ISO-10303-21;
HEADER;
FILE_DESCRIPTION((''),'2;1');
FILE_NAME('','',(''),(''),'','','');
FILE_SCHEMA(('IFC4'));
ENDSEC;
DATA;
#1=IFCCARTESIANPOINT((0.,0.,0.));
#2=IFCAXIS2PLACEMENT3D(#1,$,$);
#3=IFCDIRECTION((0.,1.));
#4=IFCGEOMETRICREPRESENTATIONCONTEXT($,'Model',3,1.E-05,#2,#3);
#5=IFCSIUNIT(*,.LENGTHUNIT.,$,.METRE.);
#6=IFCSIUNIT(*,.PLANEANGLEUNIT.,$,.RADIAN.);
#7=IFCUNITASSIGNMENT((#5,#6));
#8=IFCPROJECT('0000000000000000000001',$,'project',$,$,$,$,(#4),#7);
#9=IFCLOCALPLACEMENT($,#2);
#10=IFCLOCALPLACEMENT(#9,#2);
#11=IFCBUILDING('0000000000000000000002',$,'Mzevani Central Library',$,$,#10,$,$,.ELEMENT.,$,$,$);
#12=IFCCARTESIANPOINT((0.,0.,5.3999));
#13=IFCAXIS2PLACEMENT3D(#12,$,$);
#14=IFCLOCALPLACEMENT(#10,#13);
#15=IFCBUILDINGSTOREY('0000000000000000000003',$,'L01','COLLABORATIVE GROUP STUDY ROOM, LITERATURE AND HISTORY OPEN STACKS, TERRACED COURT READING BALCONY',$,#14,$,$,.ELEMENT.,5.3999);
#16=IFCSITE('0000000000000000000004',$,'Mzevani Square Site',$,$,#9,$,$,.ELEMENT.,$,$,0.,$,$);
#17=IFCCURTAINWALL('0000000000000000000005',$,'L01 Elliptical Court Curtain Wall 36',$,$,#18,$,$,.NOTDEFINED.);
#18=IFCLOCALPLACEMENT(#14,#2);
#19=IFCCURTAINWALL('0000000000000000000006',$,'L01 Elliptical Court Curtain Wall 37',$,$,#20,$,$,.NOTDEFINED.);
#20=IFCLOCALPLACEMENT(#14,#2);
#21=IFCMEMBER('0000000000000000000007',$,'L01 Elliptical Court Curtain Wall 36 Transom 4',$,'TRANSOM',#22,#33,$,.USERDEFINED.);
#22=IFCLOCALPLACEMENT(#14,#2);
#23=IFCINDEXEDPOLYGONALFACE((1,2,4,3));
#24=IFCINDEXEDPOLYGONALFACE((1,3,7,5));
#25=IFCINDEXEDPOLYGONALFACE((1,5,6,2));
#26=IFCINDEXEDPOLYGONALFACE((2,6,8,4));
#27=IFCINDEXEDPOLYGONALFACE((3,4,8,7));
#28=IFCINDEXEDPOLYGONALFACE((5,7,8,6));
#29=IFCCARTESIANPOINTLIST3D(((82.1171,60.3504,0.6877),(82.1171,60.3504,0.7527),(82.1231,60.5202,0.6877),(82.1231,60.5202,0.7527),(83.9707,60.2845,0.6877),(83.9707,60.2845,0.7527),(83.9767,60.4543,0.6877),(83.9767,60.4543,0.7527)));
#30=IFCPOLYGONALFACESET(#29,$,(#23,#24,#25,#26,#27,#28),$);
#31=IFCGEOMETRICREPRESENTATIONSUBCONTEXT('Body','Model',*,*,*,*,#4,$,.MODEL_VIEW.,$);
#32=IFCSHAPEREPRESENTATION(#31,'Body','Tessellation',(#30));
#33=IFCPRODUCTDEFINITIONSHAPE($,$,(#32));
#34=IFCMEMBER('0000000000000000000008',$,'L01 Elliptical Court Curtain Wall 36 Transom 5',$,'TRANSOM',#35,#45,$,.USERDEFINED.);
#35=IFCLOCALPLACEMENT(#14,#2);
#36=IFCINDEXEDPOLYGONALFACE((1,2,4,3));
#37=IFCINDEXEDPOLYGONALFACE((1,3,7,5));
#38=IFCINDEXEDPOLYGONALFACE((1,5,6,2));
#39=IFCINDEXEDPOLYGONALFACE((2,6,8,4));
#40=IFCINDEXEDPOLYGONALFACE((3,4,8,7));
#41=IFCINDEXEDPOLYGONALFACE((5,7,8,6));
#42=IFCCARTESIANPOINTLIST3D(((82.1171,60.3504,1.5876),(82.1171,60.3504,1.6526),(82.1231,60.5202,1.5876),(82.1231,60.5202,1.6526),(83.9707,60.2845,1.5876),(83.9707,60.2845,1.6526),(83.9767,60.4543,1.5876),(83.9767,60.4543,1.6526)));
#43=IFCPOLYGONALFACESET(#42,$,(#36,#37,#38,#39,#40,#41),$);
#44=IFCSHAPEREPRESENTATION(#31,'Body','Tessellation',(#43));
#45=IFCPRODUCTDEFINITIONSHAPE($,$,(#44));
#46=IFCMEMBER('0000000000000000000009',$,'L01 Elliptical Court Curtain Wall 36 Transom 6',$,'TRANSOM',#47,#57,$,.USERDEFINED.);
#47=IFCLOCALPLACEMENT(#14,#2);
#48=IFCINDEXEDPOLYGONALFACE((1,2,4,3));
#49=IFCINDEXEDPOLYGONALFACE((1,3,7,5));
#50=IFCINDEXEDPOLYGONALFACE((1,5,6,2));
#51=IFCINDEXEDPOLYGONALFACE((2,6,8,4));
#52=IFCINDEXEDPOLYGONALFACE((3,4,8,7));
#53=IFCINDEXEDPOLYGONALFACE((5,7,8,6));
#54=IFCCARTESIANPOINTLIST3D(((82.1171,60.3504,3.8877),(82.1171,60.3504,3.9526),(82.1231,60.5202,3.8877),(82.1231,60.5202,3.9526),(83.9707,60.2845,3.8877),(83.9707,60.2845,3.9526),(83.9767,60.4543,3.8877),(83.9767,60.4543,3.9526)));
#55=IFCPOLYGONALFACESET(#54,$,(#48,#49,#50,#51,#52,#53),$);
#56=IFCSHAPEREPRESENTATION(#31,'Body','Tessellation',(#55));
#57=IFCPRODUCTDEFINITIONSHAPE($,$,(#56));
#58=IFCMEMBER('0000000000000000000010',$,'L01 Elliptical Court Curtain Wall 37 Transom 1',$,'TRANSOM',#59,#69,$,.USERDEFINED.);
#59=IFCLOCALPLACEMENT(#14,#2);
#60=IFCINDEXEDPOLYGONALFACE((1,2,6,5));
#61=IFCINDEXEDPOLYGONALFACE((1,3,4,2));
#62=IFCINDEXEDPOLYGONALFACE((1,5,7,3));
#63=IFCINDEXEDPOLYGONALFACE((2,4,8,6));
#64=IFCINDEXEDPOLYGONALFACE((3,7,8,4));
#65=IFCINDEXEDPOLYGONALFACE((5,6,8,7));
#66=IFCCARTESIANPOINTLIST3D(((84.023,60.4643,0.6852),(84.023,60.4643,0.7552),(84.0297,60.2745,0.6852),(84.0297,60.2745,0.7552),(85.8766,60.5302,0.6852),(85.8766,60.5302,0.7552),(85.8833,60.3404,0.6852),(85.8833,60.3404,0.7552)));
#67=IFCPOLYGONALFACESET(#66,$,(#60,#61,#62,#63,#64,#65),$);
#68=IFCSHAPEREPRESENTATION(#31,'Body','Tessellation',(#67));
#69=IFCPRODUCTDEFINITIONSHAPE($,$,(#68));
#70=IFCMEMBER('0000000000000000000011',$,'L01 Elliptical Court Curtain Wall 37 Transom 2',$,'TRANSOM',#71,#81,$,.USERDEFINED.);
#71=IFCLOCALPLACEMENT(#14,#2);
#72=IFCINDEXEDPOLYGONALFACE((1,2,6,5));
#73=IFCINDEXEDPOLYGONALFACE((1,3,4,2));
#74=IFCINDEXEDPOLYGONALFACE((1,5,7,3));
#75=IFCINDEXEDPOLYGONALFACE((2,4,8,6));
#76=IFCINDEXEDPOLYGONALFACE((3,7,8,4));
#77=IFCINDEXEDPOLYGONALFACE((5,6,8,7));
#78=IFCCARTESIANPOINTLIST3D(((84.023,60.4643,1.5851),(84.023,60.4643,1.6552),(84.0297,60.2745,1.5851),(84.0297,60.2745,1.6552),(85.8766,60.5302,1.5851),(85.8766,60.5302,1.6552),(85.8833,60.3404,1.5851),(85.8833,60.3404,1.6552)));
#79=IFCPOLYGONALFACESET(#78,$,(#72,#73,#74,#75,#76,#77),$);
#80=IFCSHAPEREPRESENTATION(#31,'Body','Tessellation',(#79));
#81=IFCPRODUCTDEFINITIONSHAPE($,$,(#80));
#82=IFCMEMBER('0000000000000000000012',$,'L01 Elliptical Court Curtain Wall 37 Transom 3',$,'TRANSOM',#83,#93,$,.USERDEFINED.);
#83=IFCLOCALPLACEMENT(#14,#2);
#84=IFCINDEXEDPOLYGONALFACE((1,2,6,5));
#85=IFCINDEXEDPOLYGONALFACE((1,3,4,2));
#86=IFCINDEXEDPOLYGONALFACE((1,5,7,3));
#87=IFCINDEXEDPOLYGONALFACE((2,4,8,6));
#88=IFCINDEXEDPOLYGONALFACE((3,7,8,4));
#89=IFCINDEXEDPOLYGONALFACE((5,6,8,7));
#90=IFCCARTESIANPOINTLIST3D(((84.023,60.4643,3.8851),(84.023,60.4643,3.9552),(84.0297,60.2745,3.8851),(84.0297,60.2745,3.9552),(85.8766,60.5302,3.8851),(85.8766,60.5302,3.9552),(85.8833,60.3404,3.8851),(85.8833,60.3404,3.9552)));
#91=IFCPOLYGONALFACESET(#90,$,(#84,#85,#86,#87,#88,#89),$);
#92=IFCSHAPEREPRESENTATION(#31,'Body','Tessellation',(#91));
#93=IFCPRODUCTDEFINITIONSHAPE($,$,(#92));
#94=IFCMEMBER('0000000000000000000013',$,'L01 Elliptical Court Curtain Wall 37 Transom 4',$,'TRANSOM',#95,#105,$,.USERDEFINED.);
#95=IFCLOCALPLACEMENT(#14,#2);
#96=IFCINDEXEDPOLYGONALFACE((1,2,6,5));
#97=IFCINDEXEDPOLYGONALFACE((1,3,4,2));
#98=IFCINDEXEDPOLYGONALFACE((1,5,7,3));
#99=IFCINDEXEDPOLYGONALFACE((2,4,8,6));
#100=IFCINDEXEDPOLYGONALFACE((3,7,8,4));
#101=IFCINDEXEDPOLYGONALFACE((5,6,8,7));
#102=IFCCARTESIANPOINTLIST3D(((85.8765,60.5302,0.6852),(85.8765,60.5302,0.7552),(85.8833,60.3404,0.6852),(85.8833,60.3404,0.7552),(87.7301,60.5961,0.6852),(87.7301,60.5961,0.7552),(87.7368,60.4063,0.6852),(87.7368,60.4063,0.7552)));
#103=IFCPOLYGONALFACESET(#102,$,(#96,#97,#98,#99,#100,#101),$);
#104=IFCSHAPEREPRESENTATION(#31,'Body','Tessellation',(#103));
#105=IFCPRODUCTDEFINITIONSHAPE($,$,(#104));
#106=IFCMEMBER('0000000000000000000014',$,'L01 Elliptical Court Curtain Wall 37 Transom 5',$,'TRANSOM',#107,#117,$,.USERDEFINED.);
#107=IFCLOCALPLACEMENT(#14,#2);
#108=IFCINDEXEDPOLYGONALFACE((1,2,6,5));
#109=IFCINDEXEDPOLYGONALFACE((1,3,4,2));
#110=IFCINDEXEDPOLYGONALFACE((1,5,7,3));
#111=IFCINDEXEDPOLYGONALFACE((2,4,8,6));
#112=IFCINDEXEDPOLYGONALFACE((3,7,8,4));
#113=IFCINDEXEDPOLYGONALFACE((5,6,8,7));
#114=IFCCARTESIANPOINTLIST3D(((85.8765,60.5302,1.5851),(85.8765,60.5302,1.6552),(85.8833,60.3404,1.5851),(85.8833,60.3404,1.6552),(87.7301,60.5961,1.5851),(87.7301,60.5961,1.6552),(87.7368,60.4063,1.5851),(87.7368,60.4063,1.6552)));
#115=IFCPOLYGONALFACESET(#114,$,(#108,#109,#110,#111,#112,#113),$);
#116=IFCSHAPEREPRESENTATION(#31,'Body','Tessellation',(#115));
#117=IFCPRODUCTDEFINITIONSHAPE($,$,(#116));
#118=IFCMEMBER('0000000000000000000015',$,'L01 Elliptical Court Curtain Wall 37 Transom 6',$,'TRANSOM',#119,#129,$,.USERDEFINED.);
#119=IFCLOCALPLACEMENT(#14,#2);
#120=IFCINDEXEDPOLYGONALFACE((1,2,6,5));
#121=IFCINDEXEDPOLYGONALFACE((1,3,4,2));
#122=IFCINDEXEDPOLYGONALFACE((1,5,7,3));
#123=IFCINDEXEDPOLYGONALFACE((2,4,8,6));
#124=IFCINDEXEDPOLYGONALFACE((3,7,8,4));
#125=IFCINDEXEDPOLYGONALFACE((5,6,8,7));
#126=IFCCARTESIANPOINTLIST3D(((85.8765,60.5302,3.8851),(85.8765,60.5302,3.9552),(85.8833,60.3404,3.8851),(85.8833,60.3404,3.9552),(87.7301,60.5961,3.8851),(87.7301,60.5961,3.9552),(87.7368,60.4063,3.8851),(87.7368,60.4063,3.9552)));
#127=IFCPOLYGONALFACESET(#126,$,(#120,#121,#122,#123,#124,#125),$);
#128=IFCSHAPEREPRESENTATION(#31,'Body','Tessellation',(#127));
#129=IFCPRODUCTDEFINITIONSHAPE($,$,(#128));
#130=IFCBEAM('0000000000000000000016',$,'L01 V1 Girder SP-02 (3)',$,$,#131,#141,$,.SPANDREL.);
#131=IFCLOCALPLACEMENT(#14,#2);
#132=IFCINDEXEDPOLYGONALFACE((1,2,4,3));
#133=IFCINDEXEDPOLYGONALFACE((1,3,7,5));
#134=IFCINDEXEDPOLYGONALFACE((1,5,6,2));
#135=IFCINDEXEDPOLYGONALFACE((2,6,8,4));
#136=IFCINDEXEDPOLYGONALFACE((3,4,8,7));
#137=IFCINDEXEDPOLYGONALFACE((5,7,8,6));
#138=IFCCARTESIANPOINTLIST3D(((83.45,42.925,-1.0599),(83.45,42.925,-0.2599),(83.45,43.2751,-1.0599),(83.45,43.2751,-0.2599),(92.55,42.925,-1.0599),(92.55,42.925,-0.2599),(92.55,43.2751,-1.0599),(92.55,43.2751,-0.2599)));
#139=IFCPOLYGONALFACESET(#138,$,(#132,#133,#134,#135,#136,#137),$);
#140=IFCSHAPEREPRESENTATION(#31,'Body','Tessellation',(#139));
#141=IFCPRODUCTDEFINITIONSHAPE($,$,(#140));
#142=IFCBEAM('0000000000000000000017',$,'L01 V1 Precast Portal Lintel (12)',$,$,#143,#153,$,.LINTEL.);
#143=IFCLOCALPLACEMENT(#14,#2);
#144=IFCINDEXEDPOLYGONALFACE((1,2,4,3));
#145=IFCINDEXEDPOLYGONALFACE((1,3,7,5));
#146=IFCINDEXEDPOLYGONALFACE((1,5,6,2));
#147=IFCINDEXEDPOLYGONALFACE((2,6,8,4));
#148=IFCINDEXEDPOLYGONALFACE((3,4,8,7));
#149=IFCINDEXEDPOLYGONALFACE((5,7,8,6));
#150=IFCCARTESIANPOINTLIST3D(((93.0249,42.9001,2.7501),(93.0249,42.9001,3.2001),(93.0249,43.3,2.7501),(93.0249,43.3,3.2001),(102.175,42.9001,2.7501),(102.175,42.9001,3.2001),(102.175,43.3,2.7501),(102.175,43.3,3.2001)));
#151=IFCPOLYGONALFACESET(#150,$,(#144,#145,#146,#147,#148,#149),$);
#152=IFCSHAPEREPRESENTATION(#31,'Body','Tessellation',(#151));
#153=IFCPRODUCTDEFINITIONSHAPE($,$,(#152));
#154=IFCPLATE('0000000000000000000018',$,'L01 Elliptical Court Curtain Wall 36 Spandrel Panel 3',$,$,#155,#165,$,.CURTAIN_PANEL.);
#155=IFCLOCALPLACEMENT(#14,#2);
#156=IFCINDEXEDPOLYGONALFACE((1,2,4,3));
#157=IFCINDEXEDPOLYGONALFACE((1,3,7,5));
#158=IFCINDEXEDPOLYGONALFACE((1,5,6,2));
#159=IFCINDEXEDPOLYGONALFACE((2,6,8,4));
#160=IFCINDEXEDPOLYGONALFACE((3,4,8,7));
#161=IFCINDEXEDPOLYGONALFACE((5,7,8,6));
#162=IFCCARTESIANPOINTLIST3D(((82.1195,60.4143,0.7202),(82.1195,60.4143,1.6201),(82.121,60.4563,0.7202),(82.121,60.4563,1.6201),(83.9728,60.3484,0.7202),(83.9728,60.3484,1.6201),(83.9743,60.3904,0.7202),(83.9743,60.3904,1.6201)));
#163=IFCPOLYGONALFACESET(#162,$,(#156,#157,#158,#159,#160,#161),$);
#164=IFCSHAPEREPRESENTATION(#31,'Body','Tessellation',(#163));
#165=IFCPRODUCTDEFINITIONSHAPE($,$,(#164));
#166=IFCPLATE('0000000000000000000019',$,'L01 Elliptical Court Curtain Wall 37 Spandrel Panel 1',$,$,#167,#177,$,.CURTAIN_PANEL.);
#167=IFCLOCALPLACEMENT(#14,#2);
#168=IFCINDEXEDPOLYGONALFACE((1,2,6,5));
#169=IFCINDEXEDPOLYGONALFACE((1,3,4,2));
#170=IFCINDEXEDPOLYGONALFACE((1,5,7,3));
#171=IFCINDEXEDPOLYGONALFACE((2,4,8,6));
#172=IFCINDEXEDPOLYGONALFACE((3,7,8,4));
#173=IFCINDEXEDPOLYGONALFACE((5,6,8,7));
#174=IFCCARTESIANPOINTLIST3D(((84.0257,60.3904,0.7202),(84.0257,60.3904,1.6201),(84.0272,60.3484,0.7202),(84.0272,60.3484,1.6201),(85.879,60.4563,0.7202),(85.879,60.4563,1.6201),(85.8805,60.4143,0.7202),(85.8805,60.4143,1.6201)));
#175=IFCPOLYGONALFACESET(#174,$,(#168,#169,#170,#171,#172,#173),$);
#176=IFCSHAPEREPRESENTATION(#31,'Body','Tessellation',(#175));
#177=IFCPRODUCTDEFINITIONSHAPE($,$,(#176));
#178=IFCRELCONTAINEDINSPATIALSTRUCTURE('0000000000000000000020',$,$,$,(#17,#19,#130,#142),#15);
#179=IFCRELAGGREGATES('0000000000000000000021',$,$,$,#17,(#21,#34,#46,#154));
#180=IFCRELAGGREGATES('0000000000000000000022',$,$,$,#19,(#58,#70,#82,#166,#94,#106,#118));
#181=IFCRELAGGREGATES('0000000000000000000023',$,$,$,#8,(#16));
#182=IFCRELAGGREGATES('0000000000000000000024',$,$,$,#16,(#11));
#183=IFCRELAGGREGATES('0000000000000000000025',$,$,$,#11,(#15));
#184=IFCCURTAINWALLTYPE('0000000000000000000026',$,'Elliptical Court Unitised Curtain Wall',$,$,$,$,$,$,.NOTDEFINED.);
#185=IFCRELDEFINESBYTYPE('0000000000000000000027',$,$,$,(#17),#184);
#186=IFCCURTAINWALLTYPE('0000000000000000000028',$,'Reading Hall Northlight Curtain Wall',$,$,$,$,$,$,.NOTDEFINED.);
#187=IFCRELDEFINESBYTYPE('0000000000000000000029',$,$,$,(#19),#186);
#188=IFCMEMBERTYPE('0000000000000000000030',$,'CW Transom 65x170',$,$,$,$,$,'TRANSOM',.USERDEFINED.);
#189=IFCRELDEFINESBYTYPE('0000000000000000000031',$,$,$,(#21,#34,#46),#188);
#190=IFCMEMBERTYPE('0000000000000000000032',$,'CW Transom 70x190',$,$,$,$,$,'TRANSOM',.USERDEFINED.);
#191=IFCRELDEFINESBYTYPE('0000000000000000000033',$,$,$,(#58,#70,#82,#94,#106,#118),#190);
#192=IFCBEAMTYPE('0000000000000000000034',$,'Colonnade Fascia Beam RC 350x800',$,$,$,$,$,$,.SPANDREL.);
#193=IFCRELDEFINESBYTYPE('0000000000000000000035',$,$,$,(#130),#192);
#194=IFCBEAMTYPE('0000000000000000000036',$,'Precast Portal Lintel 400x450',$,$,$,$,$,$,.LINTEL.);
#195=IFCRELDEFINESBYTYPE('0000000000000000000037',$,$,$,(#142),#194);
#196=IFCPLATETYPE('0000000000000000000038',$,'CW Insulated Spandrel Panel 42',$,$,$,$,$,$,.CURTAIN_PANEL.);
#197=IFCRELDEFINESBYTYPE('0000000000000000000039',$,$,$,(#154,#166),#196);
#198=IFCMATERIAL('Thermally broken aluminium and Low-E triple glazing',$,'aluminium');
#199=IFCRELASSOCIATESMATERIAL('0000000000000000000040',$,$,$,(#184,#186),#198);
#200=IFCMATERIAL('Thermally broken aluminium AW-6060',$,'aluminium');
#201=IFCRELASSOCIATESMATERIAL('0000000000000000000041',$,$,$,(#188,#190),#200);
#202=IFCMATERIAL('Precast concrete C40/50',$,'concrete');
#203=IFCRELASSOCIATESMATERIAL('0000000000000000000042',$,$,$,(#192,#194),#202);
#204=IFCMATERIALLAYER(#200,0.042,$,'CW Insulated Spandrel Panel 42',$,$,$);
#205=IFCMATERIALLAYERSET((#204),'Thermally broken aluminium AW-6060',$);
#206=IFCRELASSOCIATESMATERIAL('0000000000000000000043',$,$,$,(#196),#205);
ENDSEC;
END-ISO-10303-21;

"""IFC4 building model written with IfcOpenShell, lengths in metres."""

from ifc_helpers import new_model, si_unit, direction, frame, origin, origin_2d, place, context, subcontext, project, spatial, rectangle, extrude, material, layer, layer_set, material_profile, profile_set, type_object, element, aggregate, save


model = new_model("IFC4")

# Units and contexts
model_context = context("Model", 3, precision=1e-05, world=origin(), true_north=direction((0.0, 1.0)))
body_context = subcontext(model_context, "Body", "Model", "MODEL_VIEW")
ifc_project = project(units=[si_unit("LENGTHUNIT", "METRE"), si_unit("PLANEANGLEUNIT", "RADIAN")], contexts=[model_context])

# Site, building, storey
site_placement = place(None, origin())
site = spatial("IfcSite", under=ifc_project, at=site_placement, Name="Mzevani Square Site", CompositionType="ELEMENT", RefElevation=0.0)
building_placement = place(site_placement, origin())
building = spatial("IfcBuilding", under=site, at=building_placement, Name="Mzevani Central Library", CompositionType="ELEMENT")
storey_placement = place(building_placement, frame((0.0, 0.0, 5.3999)))
storey = spatial("IfcBuildingStorey", under=building, at=storey_placement, Name="L01", Description="COLLABORATIVE GROUP STUDY ROOM, LITERATURE AND HISTORY OPEN STACKS, TERRACED COURT READING BALCONY", CompositionType="ELEMENT", Elevation=5.3999)

# Curtain walls
ifc_material_1 = material(Name="Thermally broken aluminium and Low-E triple glazing", Category="aluminium")
curtain_wall_type_1 = type_object("IfcCurtainWallType", Name="Elliptical Court Unitised Curtain Wall", PredefinedType="NOTDEFINED", material=ifc_material_1)
curtain_wall_1_placement = place(storey_placement, origin())
curtain_wall_1 = element("IfcCurtainWall", 1, at=curtain_wall_1_placement, inside=storey, type_object=curtain_wall_type_1, Name="L01 Elliptical Court Curtain Wall 36", PredefinedType="NOTDEFINED")
ifc_material_2 = material(Name="Thermally broken aluminium AW-6060", Category="aluminium")
curtain_wall_type_2 = type_object("IfcCurtainWallType", Name="Reading Hall Northlight Curtain Wall", PredefinedType="NOTDEFINED", material=ifc_material_1)
curtain_wall_2_placement = place(storey_placement, origin())
curtain_wall_2 = element("IfcCurtainWall", 2, at=curtain_wall_2_placement, inside=storey, type_object=curtain_wall_type_2, Name="L01 Elliptical Court Curtain Wall 37", PredefinedType="NOTDEFINED")

# Members
ifc_material_profile_1 = material_profile(ifc_material_2, rectangle(XDim=0.1699, YDim=0.0649, at=origin_2d()), Name="ALU T65x170")
ifc_profile_set_1 = profile_set([ifc_material_profile_1], Name="Thermally broken aluminium AW-6060")
member_type_1 = type_object("IfcMemberType", Name="CW Transom 65x170", ElementType="TRANSOM", PredefinedType="USERDEFINED", material=ifc_profile_set_1)
member_1_placement = place(storey_placement, frame((82.1201, 60.4353, 0.7202), z_axis=(0.999368, -0.035541, 0.0), x_axis=(0.035541, 0.999368, 0.0)))
member_1 = element("IfcMember", 3, at=member_1_placement, type_object=member_type_1, Name="L01 Elliptical Court Curtain Wall 36 Transom 4", ObjectType="TRANSOM", PredefinedType="USERDEFINED", context=body_context, shape_type="SweptSolid", body=[
    extrude(rectangle(XDim=0.1699, YDim=0.0649, at=origin_2d()), origin(), (0.0, 0.0, 1.0), 1.8547),
])
member_2_placement = place(storey_placement, frame((82.1201, 60.4353, 1.6201), z_axis=(0.999368, -0.035541, 0.0), x_axis=(0.035541, 0.999368, 0.0)))
member_2 = element("IfcMember", 4, at=member_2_placement, type_object=member_type_1, Name="L01 Elliptical Court Curtain Wall 36 Transom 5", ObjectType="TRANSOM", PredefinedType="USERDEFINED", context=body_context, shape_type="SweptSolid", body=[
    extrude(rectangle(XDim=0.1699, YDim=0.0649, at=origin_2d()), origin(), (0.0, 0.0, 1.0), 1.8547),
])
member_3_placement = place(storey_placement, frame((82.1201, 60.4353, 3.9202), z_axis=(0.999368, -0.035541, 0.0), x_axis=(0.035541, 0.999368, 0.0)))
member_3 = element("IfcMember", 5, at=member_3_placement, type_object=member_type_1, Name="L01 Elliptical Court Curtain Wall 36 Transom 6", ObjectType="TRANSOM", PredefinedType="USERDEFINED", context=body_context, shape_type="SweptSolid", body=[
    extrude(rectangle(XDim=0.1699, YDim=0.0649, at=origin_2d()), origin(), (0.0, 0.0, 1.0), 1.8547),
])
ifc_material_profile_2 = material_profile(ifc_material_2, rectangle(XDim=0.1899, YDim=0.0701, at=origin_2d()), Name="ALU T70x190")
ifc_profile_set_2 = profile_set([ifc_material_profile_2], Name="Thermally broken aluminium AW-6060")
member_type_2 = type_object("IfcMemberType", Name="CW Transom 70x190", ElementType="TRANSOM", PredefinedType="USERDEFINED", material=ifc_profile_set_2)
member_4_placement = place(storey_placement, frame((84.0264, 60.3694, 0.7202), z_axis=(0.999368, 0.035541, 0.0), x_axis=(-0.035541, 0.999368, 0.0)))
member_4 = element("IfcMember", 6, at=member_4_placement, type_object=member_type_2, Name="L01 Elliptical Court Curtain Wall 37 Transom 1", ObjectType="TRANSOM", PredefinedType="USERDEFINED", context=body_context, shape_type="SweptSolid", body=[
    extrude(rectangle(XDim=0.1899, YDim=0.0701, at=origin_2d()), origin(), (0.0, 0.0, 1.0), 1.8547),
])
member_5_placement = place(storey_placement, frame((84.0264, 60.3694, 1.6201), z_axis=(0.999368, 0.035541, 0.0), x_axis=(-0.035541, 0.999368, 0.0)))
member_5 = element("IfcMember", 7, at=member_5_placement, type_object=member_type_2, Name="L01 Elliptical Court Curtain Wall 37 Transom 2", ObjectType="TRANSOM", PredefinedType="USERDEFINED", context=body_context, shape_type="SweptSolid", body=[
    extrude(rectangle(XDim=0.1899, YDim=0.0701, at=origin_2d()), origin(), (0.0, 0.0, 1.0), 1.8547),
])
member_6_placement = place(storey_placement, frame((84.0264, 60.3694, 3.9202), z_axis=(0.999368, 0.035541, 0.0), x_axis=(-0.035541, 0.999368, 0.0)))
member_6 = element("IfcMember", 8, at=member_6_placement, type_object=member_type_2, Name="L01 Elliptical Court Curtain Wall 37 Transom 3", ObjectType="TRANSOM", PredefinedType="USERDEFINED", context=body_context, shape_type="SweptSolid", body=[
    extrude(rectangle(XDim=0.1899, YDim=0.0701, at=origin_2d()), origin(), (0.0, 0.0, 1.0), 1.8547),
])
member_7_placement = place(storey_placement, frame((85.8799, 60.4353, 0.7202), z_axis=(0.999368, 0.035541, 0.0), x_axis=(-0.035541, 0.999368, 0.0)))
member_7 = element("IfcMember", 9, at=member_7_placement, type_object=member_type_2, Name="L01 Elliptical Court Curtain Wall 37 Transom 4", ObjectType="TRANSOM", PredefinedType="USERDEFINED", context=body_context, shape_type="SweptSolid", body=[
    extrude(rectangle(XDim=0.1899, YDim=0.0701, at=origin_2d()), origin(), (0.0, 0.0, 1.0), 1.8547),
])
member_8_placement = place(storey_placement, frame((85.8799, 60.4353, 1.6201), z_axis=(0.999368, 0.035541, 0.0), x_axis=(-0.035541, 0.999368, 0.0)))
member_8 = element("IfcMember", 10, at=member_8_placement, type_object=member_type_2, Name="L01 Elliptical Court Curtain Wall 37 Transom 5", ObjectType="TRANSOM", PredefinedType="USERDEFINED", context=body_context, shape_type="SweptSolid", body=[
    extrude(rectangle(XDim=0.1899, YDim=0.0701, at=origin_2d()), origin(), (0.0, 0.0, 1.0), 1.8547),
])
member_9_placement = place(storey_placement, frame((85.8799, 60.4353, 3.9202), z_axis=(0.999368, 0.035541, 0.0), x_axis=(-0.035541, 0.999368, 0.0)))
member_9 = element("IfcMember", 11, at=member_9_placement, type_object=member_type_2, Name="L01 Elliptical Court Curtain Wall 37 Transom 6", ObjectType="TRANSOM", PredefinedType="USERDEFINED", context=body_context, shape_type="SweptSolid", body=[
    extrude(rectangle(XDim=0.1899, YDim=0.0701, at=origin_2d()), origin(), (0.0, 0.0, 1.0), 1.8547),
])

# Beams
ifc_material_3 = material(Name="Precast concrete C40/50", Category="concrete")
ifc_material_profile_3 = material_profile(ifc_material_3, rectangle(XDim=0.3501, YDim=0.8, at=origin_2d()), Name="RC SP350x800")
ifc_profile_set_3 = profile_set([ifc_material_profile_3], Name="Precast concrete C40/50")
beam_type_1 = type_object("IfcBeamType", Name="Colonnade Fascia Beam RC 350x800", PredefinedType="SPANDREL", material=ifc_profile_set_3)
beam_1_placement = place(storey_placement, frame((83.45, 43.1001, -0.6599), z_axis=(1.0, 0.0, 0.0), x_axis=(0.0, 1.0, 0.0)))
element("IfcBeam", 12, at=beam_1_placement, inside=storey, type_object=beam_type_1, Name="L01 V1 Girder SP-02 (3)", PredefinedType="SPANDREL", context=body_context, shape_type="SweptSolid", body=[
    extrude(rectangle(XDim=0.3501, YDim=0.8, at=origin_2d()), origin(), (0.0, 0.0, 1.0), 9.1001),
])
ifc_material_profile_4 = material_profile(ifc_material_3, rectangle(XDim=0.3999, YDim=0.45, at=origin_2d()), Name="PC LN400x450")
ifc_profile_set_4 = profile_set([ifc_material_profile_4], Name="Precast concrete C40/50")
beam_type_2 = type_object("IfcBeamType", Name="Precast Portal Lintel 400x450", PredefinedType="LINTEL", material=ifc_profile_set_4)
beam_2_placement = place(storey_placement, frame((93.0249, 43.1001, 2.9751), z_axis=(1.0, 0.0, 0.0), x_axis=(0.0, 1.0, 0.0)))
element("IfcBeam", 13, at=beam_2_placement, inside=storey, type_object=beam_type_2, Name="L01 V1 Precast Portal Lintel (12)", PredefinedType="LINTEL", context=body_context, shape_type="SweptSolid", body=[
    extrude(rectangle(XDim=0.3999, YDim=0.45, at=origin_2d()), origin(), (0.0, 0.0, 1.0), 9.1501),
])

# Plates
ifc_layer_1 = layer(ifc_material_2, 0.042, Name="CW Insulated Spandrel Panel 42")
ifc_layer_set_1 = layer_set([ifc_layer_1], Name="Thermally broken aluminium AW-6060")
plate_type_1 = type_object("IfcPlateType", Name="CW Insulated Spandrel Panel 42", PredefinedType="CURTAIN_PANEL", material=ifc_layer_set_1)
plate_1_placement = place(storey_placement, frame((83.0469, 60.4023, 0.7202), z_axis=(0.0, 0.0, 1.0), x_axis=(0.999369, -0.035533, 0.0)))
plate_1 = element("IfcPlate", 14, at=plate_1_placement, type_object=plate_type_1, Name="L01 Elliptical Court Curtain Wall 36 Spandrel Panel 3", PredefinedType="CURTAIN_PANEL", context=body_context, shape_type="SweptSolid", body=[
    extrude(rectangle(XDim=1.8545, YDim=0.042, at=origin_2d()), origin(), (0.0, 0.0, 1.0), 0.8999),
])
plate_2_placement = place(storey_placement, frame((84.9531, 60.4023, 0.7202), z_axis=(0.0, 0.0, 1.0), x_axis=(0.999369, 0.035533, 0.0)))
plate_2 = element("IfcPlate", 15, at=plate_2_placement, type_object=plate_type_1, Name="L01 Elliptical Court Curtain Wall 37 Spandrel Panel 1", PredefinedType="CURTAIN_PANEL", context=body_context, shape_type="SweptSolid", body=[
    extrude(rectangle(XDim=1.8545, YDim=0.042, at=origin_2d()), origin(), (0.0, 0.0, 1.0), 0.8999),
])
aggregate(curtain_wall_1, [member_1, member_2, member_3, plate_1])
aggregate(curtain_wall_2, [member_4, member_5, member_6, plate_2, member_7, member_8, member_9])

save(model, "model.ifc")
